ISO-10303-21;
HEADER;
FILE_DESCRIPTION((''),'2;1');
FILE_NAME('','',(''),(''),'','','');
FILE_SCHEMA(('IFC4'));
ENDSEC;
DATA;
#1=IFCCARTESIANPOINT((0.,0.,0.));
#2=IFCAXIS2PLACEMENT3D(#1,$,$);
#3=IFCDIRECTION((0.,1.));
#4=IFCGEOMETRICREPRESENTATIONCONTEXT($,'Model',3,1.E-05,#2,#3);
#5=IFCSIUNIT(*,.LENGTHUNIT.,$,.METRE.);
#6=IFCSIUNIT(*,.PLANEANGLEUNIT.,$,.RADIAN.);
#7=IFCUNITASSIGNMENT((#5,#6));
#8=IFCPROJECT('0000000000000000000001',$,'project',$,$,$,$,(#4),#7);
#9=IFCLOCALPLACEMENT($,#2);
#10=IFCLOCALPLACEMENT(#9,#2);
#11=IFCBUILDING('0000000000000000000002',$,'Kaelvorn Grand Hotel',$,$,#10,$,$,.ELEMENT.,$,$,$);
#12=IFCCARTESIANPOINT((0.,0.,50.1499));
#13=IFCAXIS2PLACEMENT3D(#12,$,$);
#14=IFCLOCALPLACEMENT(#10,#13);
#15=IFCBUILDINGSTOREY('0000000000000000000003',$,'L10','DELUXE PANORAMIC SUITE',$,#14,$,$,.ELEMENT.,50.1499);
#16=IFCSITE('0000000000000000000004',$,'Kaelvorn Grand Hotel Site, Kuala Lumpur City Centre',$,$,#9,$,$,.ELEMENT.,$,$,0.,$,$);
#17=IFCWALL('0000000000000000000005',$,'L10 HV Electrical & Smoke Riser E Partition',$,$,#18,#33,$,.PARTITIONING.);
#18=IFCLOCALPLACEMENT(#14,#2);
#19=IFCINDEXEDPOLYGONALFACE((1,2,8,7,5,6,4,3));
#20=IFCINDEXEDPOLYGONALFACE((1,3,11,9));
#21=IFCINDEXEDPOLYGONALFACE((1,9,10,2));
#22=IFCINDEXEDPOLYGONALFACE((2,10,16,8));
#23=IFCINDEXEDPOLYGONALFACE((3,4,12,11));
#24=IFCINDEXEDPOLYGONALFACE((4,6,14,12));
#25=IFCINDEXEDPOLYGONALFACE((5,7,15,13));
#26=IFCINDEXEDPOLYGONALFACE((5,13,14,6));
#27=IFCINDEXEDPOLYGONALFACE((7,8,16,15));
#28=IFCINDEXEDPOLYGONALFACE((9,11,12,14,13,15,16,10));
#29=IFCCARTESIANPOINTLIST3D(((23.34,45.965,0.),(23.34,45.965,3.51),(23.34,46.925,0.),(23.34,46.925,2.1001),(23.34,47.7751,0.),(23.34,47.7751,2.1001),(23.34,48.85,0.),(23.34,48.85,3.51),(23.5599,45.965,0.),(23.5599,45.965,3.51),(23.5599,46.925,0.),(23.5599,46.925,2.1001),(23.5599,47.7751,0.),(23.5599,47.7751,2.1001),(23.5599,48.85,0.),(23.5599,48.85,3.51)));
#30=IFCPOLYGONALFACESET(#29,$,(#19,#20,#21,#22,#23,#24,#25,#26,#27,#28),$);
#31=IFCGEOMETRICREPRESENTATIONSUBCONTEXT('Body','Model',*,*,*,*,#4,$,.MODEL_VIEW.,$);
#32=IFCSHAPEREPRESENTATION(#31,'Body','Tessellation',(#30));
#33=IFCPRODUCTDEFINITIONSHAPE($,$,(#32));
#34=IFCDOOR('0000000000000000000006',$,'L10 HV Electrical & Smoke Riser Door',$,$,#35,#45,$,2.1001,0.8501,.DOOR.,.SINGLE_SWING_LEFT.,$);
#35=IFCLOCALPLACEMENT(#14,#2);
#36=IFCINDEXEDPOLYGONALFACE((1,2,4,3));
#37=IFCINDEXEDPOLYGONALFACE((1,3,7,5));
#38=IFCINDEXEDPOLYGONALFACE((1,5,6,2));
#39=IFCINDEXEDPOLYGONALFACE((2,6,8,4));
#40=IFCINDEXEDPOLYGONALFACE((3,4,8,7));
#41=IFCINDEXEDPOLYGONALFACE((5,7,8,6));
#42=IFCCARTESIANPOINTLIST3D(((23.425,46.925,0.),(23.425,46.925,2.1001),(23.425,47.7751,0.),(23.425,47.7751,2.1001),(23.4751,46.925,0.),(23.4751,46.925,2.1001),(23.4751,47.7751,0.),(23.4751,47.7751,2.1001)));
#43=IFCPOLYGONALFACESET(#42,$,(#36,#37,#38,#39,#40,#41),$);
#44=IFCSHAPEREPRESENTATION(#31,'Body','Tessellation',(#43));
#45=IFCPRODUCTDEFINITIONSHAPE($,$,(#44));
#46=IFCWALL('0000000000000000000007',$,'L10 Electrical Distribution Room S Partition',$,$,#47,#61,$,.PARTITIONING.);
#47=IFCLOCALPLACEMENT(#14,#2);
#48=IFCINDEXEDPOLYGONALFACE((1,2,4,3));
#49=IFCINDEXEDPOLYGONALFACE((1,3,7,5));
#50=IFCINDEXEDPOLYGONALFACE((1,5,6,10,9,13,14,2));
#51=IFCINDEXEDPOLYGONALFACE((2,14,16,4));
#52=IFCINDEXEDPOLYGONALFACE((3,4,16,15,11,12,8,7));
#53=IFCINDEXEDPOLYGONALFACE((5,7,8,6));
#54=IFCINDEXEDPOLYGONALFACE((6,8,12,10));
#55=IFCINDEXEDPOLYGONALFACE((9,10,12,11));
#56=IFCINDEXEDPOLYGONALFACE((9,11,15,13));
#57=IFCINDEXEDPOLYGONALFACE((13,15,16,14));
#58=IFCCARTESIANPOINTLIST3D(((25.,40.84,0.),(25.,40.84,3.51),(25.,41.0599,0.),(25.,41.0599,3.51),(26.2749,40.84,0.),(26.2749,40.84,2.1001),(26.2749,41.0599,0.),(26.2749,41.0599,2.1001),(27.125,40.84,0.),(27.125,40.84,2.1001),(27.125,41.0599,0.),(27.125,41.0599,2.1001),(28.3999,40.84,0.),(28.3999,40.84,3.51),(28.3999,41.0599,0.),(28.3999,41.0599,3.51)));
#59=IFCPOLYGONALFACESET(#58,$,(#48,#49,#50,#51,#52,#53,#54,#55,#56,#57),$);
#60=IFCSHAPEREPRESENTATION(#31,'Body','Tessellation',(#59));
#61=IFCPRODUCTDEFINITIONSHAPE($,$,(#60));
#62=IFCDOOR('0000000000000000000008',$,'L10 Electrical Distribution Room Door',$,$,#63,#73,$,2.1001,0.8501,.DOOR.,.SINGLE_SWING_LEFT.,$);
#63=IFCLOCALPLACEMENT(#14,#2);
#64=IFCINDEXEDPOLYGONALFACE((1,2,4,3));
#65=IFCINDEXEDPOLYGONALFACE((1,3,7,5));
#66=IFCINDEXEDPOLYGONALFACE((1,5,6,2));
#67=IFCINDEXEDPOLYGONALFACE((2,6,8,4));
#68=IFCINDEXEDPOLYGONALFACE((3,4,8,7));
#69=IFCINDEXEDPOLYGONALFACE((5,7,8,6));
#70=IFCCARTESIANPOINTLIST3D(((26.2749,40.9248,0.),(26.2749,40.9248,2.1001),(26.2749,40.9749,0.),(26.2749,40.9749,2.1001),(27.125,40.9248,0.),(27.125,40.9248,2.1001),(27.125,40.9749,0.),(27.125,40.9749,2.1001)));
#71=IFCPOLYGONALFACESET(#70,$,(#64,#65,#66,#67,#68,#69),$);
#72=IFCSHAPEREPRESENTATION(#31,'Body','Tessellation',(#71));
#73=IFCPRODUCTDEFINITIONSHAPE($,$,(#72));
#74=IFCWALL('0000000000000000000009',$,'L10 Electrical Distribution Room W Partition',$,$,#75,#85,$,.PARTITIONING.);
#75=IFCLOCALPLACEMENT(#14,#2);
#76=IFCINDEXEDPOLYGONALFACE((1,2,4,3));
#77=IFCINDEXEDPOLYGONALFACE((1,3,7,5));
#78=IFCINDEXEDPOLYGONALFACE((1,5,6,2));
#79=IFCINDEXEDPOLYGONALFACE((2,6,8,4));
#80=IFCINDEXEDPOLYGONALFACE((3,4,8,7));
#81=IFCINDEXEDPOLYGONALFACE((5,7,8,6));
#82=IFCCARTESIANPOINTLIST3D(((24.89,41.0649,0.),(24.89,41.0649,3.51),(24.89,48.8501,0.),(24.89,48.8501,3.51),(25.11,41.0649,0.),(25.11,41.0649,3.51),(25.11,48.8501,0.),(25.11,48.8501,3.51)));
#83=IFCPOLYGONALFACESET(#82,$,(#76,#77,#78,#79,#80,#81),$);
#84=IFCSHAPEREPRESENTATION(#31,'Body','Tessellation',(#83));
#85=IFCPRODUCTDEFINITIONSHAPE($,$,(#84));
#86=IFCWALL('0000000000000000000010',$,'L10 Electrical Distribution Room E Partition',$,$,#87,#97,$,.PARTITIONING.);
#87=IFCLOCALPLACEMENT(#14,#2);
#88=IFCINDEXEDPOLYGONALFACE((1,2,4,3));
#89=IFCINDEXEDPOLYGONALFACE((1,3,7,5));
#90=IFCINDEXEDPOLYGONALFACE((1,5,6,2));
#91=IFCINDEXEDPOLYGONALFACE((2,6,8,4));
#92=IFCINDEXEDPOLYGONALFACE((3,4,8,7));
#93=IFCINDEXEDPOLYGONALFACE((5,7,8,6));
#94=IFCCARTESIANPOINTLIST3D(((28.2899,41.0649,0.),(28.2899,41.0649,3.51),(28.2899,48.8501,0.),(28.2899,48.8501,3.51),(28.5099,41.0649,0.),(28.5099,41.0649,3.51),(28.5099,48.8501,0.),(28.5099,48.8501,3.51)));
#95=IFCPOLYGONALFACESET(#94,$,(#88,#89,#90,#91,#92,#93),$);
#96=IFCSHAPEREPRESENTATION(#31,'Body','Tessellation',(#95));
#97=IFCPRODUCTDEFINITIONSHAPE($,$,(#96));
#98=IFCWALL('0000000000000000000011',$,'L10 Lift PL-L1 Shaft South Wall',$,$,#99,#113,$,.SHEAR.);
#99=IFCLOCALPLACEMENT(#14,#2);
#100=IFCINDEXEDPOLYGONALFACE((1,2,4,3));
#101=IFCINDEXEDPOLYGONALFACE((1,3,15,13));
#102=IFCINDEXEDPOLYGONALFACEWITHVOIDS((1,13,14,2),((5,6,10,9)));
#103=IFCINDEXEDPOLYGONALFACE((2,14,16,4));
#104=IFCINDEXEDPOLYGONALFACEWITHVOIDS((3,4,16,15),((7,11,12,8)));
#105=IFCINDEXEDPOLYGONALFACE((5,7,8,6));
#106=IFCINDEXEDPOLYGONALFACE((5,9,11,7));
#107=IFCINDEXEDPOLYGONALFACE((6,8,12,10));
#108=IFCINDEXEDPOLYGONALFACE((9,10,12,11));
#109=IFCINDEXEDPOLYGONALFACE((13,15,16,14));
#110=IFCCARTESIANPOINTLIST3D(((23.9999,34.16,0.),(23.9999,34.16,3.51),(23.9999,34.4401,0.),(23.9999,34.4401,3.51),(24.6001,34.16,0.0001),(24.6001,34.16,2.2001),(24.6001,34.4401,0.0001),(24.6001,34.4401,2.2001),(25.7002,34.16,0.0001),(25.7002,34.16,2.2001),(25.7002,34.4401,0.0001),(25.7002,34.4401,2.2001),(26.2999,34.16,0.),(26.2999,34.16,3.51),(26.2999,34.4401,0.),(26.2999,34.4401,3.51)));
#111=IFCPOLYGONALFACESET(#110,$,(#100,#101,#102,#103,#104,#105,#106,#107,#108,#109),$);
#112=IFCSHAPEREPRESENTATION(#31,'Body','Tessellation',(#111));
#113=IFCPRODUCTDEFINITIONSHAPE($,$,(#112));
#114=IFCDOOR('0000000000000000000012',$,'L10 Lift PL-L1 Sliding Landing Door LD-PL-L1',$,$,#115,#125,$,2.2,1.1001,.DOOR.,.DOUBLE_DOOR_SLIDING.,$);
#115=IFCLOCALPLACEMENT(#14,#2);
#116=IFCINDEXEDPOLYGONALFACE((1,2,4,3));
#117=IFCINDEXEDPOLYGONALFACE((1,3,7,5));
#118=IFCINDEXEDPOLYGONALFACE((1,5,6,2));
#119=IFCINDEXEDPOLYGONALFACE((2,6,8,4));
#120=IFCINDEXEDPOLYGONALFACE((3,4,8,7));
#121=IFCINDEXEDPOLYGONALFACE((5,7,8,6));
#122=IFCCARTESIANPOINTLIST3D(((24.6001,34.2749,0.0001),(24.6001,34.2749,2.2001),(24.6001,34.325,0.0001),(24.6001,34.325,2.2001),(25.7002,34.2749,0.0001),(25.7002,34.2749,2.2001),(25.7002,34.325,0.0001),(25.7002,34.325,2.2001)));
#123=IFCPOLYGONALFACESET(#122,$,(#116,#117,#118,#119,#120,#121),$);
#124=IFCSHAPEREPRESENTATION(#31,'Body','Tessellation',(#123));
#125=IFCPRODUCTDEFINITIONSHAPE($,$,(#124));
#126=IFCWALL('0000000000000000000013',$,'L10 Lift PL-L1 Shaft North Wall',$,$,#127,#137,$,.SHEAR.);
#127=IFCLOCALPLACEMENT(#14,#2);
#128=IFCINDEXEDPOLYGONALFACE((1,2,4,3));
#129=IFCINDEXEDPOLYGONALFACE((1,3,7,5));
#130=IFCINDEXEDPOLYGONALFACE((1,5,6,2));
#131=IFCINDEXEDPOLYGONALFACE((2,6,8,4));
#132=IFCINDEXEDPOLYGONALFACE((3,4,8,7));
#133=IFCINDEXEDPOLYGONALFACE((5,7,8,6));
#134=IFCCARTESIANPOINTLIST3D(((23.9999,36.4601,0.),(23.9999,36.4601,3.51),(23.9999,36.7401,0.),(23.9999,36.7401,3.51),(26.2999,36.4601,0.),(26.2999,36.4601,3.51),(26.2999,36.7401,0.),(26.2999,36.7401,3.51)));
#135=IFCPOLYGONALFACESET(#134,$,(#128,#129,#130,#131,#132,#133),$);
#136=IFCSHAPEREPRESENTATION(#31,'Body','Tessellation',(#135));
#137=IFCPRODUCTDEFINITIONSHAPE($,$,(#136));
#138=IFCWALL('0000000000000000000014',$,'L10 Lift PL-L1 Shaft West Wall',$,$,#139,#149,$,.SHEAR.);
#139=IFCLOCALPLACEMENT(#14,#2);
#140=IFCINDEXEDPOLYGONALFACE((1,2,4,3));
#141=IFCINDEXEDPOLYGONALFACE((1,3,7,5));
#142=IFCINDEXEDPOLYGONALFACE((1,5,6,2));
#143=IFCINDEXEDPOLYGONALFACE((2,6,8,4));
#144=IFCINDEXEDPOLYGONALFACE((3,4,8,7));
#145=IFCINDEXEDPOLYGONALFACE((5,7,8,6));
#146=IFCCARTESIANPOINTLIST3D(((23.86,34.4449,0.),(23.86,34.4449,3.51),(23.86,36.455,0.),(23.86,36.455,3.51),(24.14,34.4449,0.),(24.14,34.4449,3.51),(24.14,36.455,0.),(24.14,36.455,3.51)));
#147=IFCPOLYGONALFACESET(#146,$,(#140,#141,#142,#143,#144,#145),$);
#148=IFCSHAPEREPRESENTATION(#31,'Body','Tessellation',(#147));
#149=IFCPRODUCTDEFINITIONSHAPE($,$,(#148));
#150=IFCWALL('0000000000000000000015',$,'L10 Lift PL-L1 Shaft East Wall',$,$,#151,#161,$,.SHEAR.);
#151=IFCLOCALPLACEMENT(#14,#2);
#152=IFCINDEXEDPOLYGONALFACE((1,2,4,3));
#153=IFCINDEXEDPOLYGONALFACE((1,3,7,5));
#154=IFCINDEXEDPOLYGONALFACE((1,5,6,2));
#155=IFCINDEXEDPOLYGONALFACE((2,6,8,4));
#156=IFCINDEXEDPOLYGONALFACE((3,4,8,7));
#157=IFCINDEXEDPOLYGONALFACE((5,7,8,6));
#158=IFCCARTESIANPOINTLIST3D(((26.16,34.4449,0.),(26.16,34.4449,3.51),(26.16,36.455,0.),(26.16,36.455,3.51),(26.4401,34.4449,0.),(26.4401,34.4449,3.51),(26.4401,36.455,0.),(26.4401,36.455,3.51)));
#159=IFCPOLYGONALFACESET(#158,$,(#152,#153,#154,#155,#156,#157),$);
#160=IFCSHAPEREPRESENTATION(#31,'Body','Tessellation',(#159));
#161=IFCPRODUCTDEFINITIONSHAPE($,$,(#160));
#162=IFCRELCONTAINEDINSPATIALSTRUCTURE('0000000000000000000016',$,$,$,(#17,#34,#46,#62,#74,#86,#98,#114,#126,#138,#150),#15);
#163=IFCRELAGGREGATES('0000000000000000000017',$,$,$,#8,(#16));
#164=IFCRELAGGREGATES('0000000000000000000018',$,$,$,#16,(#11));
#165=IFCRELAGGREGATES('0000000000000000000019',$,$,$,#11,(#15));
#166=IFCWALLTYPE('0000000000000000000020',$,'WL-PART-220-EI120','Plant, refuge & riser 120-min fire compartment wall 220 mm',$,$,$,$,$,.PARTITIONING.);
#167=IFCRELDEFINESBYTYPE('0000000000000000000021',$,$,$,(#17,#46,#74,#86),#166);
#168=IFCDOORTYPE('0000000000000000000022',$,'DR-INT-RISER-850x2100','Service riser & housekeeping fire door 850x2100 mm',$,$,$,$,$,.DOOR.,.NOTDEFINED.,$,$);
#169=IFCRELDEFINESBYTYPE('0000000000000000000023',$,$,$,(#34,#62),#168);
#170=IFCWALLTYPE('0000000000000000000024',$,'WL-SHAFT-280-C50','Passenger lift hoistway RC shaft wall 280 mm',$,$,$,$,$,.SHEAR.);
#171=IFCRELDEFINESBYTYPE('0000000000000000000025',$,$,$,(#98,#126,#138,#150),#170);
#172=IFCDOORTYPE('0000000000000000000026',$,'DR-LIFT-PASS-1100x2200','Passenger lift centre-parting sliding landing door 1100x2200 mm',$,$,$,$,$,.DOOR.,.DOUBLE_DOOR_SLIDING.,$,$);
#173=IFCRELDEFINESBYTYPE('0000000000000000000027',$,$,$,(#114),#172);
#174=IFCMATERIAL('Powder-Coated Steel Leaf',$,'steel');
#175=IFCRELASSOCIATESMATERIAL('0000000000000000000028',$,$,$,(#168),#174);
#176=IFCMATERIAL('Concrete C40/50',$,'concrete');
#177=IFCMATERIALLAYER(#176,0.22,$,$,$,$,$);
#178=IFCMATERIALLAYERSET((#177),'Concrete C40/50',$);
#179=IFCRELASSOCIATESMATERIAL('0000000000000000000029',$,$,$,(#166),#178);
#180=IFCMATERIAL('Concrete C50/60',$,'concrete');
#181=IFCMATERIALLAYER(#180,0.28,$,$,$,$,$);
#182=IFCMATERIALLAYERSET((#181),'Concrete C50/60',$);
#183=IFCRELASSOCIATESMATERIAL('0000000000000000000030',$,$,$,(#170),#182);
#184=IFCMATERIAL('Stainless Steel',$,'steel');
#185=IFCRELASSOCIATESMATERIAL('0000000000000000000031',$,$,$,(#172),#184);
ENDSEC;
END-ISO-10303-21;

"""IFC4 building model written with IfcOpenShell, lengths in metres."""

from ifc_helpers import new_model, si_unit, direction, frame, frame_2d, origin, place, context, subcontext, project, spatial, rectangle, extrude, material, layer, layer_set, type_object, element, fill, save


model = new_model("IFC4")

# Units and contexts
model_context = context("Model", 3, precision=1e-05, world=origin(), true_north=direction((0.0, 1.0)))
body_context = subcontext(model_context, "Body", "Model", "MODEL_VIEW")
ifc_project = project(units=[si_unit("LENGTHUNIT", "METRE"), si_unit("PLANEANGLEUNIT", "RADIAN")], contexts=[model_context])

# Site, building, storey
site_placement = place(None, origin())
site = spatial("IfcSite", under=ifc_project, at=site_placement, Name="Kaelvorn Grand Hotel Site, Kuala Lumpur City Centre", CompositionType="ELEMENT", RefElevation=0.0)
building_placement = place(site_placement, origin())
building = spatial("IfcBuilding", under=site, at=building_placement, Name="Kaelvorn Grand Hotel", CompositionType="ELEMENT")
storey_placement = place(building_placement, frame((0.0, 0.0, 50.1499)))
storey = spatial("IfcBuildingStorey", under=building, at=storey_placement, Name="L10", Description="DELUXE PANORAMIC SUITE", CompositionType="ELEMENT", Elevation=50.1499)

# Shared definitions
ifc_material_1 = material(Name="Powder-Coated Steel Leaf", Category="steel")
door_type_1 = type_object("IfcDoorType", Name="DR-INT-RISER-850x2100", Description="Service riser & housekeeping fire door 850x2100 mm", OperationType="NOTDEFINED", PredefinedType="DOOR", material=ifc_material_1)

# Shared definitions
ifc_material_2 = material(Name="Concrete C40/50", Category="concrete")
ifc_layer_1 = layer(ifc_material_2, 0.22)
ifc_layer_set_1 = layer_set([ifc_layer_1], Name="Concrete C40/50")
wall_type_1 = type_object("IfcWallType", Name="WL-PART-220-EI120", Description="Plant, refuge & riser 120-min fire compartment wall 220 mm", PredefinedType="PARTITIONING", material=ifc_layer_set_1)

# Walls, openings, doors
wall_1_placement = place(storey_placement, frame((23.45, 45.9651, 0.0), z_axis=(0.0, 0.0, 1.0), x_axis=(0.0, 1.0, 0.0)))
wall_1 = element("IfcWall", 1, at=wall_1_placement, inside=storey, type_object=wall_type_1, Name="L10 HV Electrical & Smoke Riser E Partition", PredefinedType="PARTITIONING", context=body_context, shape_type="SweptSolid", body=[
    extrude(rectangle(XDim=2.885, YDim=0.22, at=frame_2d((1.4424, 0.0))), origin(), (0.0, 0.0, 1.0), 3.51),
])
opening_1_placement = place(wall_1_placement, frame((0.96, 0.0, 0.0)))
opening_1 = element("IfcOpeningElement", 2, at=opening_1_placement, cuts=wall_1, PredefinedType="OPENING", context=body_context, shape_type="SweptSolid", body=[
    extrude(rectangle(XDim=0.8501, YDim=2.1001, at=frame_2d((0.425, 1.05))), frame((0.0, 0.1201, 0.0), z_axis=(0.0, -1.0, 0.0), x_axis=(1.0, 0.0, 0.0)), (0.0, 0.0, 1.0), 0.24),
])
door_1_placement = place(opening_1_placement, origin())
door_1 = element("IfcDoor", 3, at=door_1_placement, inside=storey, type_object=door_type_1, Name="L10 HV Electrical & Smoke Riser Door", OperationType="SINGLE_SWING_LEFT", OverallHeight=2.1001, OverallWidth=0.8501, PredefinedType="DOOR", context=body_context, shape_type="SweptSolid", body=[
    extrude(rectangle(XDim=0.8501, YDim=2.1001, at=frame_2d((0.425, 1.05))), frame((0.0, 0.0249, 0.0), z_axis=(0.0, -1.0, 0.0), x_axis=(1.0, 0.0, 0.0)), (0.0, 0.0, 1.0), 0.05),
])
fill(opening_1, door_1)
wall_2_placement = place(storey_placement, frame((25.0, 40.95, 0.0), z_axis=(0.0, 0.0, 1.0), x_axis=(1.0, 0.0, 0.0)))
wall_2 = element("IfcWall", 4, at=wall_2_placement, inside=storey, type_object=wall_type_1, Name="L10 Electrical Distribution Room S Partition", PredefinedType="PARTITIONING", context=body_context, shape_type="SweptSolid", body=[
    extrude(rectangle(XDim=3.3999, YDim=0.22, at=frame_2d((1.7, 0.0))), origin(), (0.0, 0.0, 1.0), 3.51),
])
opening_2_placement = place(wall_2_placement, frame((1.2749, 0.0, 0.0)))
opening_2 = element("IfcOpeningElement", 5, at=opening_2_placement, cuts=wall_2, PredefinedType="OPENING", context=body_context, shape_type="SweptSolid", body=[
    extrude(rectangle(XDim=0.8501, YDim=2.1001, at=frame_2d((0.425, 1.05))), frame((0.0, 0.1201, 0.0), z_axis=(0.0, -1.0, 0.0), x_axis=(1.0, 0.0, 0.0)), (0.0, 0.0, 1.0), 0.24),
])
door_2_placement = place(opening_2_placement, origin())
door_2 = element("IfcDoor", 6, at=door_2_placement, inside=storey, type_object=door_type_1, Name="L10 Electrical Distribution Room Door", OperationType="SINGLE_SWING_LEFT", OverallHeight=2.1001, OverallWidth=0.8501, PredefinedType="DOOR", context=body_context, shape_type="SweptSolid", body=[
    extrude(rectangle(XDim=0.8501, YDim=2.1001, at=frame_2d((0.425, 1.05))), frame((0.0, 0.0249, 0.0), z_axis=(0.0, -1.0, 0.0), x_axis=(1.0, 0.0, 0.0)), (0.0, 0.0, 1.0), 0.05),
])
fill(opening_2, door_2)

# Walls
for number, where, z_axis, x_axis, name in (
    (7, (25.0, 41.0649, 0.0), (0.0, 0.0, 1.0), (0.0, 1.0, 0.0), "L10 Electrical Distribution Room W Partition"),
    (8, (28.3999, 41.0649, 0.0), (0.0, 0.0, 1.0), (0.0, 1.0, 0.0), "L10 Electrical Distribution Room E Partition"),
):
    element("IfcWall", number, at=place(storey_placement, frame(where, z_axis=z_axis, x_axis=x_axis)), inside=storey, type_object=wall_type_1, Name=name, PredefinedType="PARTITIONING", context=body_context, shape_type="SweptSolid", body=[
        extrude(rectangle(XDim=7.7852, YDim=0.22, at=frame_2d((3.8926, 0.0))), origin(), (0.0, 0.0, 1.0), 3.51),
    ])

# Wall, opening, door
ifc_material_3 = material(Name="Concrete C50/60", Category="concrete")
ifc_layer_2 = layer(ifc_material_3, 0.28)
ifc_layer_set_2 = layer_set([ifc_layer_2], Name="Concrete C50/60")
wall_type_2 = type_object("IfcWallType", Name="WL-SHAFT-280-C50", Description="Passenger lift hoistway RC shaft wall 280 mm", PredefinedType="SHEAR", material=ifc_layer_set_2)
wall_3_placement = place(storey_placement, frame((24.0, 34.3, 0.0), z_axis=(0.0, 0.0, 1.0), x_axis=(1.0, 0.0, 0.0)))
wall_3 = element("IfcWall", 9, at=wall_3_placement, inside=storey, type_object=wall_type_2, Name="L10 Lift PL-L1 Shaft South Wall", PredefinedType="SHEAR", context=body_context, shape_type="SweptSolid", body=[
    extrude(rectangle(XDim=2.3, YDim=0.28, at=frame_2d((1.1499, 0.0))), origin(), (0.0, 0.0, 1.0), 3.51),
])
opening_3_placement = place(wall_3_placement, frame((0.6001, 0.0, 0.0)))
opening_3 = element("IfcOpeningElement", 10, at=opening_3_placement, cuts=wall_3, PredefinedType="OPENING", context=body_context, shape_type="SweptSolid", body=[
    extrude(rectangle(XDim=1.1001, YDim=2.2, at=frame_2d((0.55, 1.1001))), frame((0.0, 0.1499, 0.0), z_axis=(0.0, -1.0, 0.0), x_axis=(1.0, 0.0, 0.0)), (0.0, 0.0, 1.0), 0.3),
])
ifc_material_4 = material(Name="Stainless Steel", Category="steel")
door_type_2 = type_object("IfcDoorType", Name="DR-LIFT-PASS-1100x2200", Description="Passenger lift centre-parting sliding landing door 1100x2200 mm", OperationType="DOUBLE_DOOR_SLIDING", PredefinedType="DOOR", material=ifc_material_4)
door_3_placement = place(opening_3_placement, origin())
door_3 = element("IfcDoor", 11, at=door_3_placement, inside=storey, type_object=door_type_2, Name="L10 Lift PL-L1 Sliding Landing Door LD-PL-L1", OperationType="DOUBLE_DOOR_SLIDING", OverallHeight=2.2, OverallWidth=1.1001, PredefinedType="DOOR", context=body_context, shape_type="SweptSolid", body=[
    extrude(rectangle(XDim=1.1001, YDim=2.2, at=frame_2d((0.55, 1.1001))), frame((0.0, 0.0249, 0.0), z_axis=(0.0, -1.0, 0.0), x_axis=(1.0, 0.0, 0.0)), (0.0, 0.0, 1.0), 0.05),
])
fill(opening_3, door_3)

# Walls
wall_4_placement = place(storey_placement, frame((24.0, 36.6001, 0.0), z_axis=(0.0, 0.0, 1.0), x_axis=(1.0, 0.0, 0.0)))
element("IfcWall", 12, at=wall_4_placement, inside=storey, type_object=wall_type_2, Name="L10 Lift PL-L1 Shaft North Wall", PredefinedType="SHEAR", context=body_context, shape_type="SweptSolid", body=[
    extrude(rectangle(XDim=2.3, YDim=0.28, at=frame_2d((1.1499, 0.0))), origin(), (0.0, 0.0, 1.0), 3.51),
])
for number, where, z_axis, x_axis, name in (
    (13, (24.0, 34.4451, 0.0), (0.0, 0.0, 1.0), (0.0, 1.0, 0.0), "L10 Lift PL-L1 Shaft West Wall"),
    (14, (26.3, 34.4451, 0.0), (0.0, 0.0, 1.0), (0.0, 1.0, 0.0), "L10 Lift PL-L1 Shaft East Wall"),
):
    element("IfcWall", number, at=place(storey_placement, frame(where, z_axis=z_axis, x_axis=x_axis)), inside=storey, type_object=wall_type_2, Name=name, PredefinedType="SHEAR", context=body_context, shape_type="SweptSolid", body=[
        extrude(rectangle(XDim=2.01, YDim=0.28, at=frame_2d((1.0049, 0.0))), origin(), (0.0, 0.0, 1.0), 3.51),
    ])

save(model, "model.ifc")
